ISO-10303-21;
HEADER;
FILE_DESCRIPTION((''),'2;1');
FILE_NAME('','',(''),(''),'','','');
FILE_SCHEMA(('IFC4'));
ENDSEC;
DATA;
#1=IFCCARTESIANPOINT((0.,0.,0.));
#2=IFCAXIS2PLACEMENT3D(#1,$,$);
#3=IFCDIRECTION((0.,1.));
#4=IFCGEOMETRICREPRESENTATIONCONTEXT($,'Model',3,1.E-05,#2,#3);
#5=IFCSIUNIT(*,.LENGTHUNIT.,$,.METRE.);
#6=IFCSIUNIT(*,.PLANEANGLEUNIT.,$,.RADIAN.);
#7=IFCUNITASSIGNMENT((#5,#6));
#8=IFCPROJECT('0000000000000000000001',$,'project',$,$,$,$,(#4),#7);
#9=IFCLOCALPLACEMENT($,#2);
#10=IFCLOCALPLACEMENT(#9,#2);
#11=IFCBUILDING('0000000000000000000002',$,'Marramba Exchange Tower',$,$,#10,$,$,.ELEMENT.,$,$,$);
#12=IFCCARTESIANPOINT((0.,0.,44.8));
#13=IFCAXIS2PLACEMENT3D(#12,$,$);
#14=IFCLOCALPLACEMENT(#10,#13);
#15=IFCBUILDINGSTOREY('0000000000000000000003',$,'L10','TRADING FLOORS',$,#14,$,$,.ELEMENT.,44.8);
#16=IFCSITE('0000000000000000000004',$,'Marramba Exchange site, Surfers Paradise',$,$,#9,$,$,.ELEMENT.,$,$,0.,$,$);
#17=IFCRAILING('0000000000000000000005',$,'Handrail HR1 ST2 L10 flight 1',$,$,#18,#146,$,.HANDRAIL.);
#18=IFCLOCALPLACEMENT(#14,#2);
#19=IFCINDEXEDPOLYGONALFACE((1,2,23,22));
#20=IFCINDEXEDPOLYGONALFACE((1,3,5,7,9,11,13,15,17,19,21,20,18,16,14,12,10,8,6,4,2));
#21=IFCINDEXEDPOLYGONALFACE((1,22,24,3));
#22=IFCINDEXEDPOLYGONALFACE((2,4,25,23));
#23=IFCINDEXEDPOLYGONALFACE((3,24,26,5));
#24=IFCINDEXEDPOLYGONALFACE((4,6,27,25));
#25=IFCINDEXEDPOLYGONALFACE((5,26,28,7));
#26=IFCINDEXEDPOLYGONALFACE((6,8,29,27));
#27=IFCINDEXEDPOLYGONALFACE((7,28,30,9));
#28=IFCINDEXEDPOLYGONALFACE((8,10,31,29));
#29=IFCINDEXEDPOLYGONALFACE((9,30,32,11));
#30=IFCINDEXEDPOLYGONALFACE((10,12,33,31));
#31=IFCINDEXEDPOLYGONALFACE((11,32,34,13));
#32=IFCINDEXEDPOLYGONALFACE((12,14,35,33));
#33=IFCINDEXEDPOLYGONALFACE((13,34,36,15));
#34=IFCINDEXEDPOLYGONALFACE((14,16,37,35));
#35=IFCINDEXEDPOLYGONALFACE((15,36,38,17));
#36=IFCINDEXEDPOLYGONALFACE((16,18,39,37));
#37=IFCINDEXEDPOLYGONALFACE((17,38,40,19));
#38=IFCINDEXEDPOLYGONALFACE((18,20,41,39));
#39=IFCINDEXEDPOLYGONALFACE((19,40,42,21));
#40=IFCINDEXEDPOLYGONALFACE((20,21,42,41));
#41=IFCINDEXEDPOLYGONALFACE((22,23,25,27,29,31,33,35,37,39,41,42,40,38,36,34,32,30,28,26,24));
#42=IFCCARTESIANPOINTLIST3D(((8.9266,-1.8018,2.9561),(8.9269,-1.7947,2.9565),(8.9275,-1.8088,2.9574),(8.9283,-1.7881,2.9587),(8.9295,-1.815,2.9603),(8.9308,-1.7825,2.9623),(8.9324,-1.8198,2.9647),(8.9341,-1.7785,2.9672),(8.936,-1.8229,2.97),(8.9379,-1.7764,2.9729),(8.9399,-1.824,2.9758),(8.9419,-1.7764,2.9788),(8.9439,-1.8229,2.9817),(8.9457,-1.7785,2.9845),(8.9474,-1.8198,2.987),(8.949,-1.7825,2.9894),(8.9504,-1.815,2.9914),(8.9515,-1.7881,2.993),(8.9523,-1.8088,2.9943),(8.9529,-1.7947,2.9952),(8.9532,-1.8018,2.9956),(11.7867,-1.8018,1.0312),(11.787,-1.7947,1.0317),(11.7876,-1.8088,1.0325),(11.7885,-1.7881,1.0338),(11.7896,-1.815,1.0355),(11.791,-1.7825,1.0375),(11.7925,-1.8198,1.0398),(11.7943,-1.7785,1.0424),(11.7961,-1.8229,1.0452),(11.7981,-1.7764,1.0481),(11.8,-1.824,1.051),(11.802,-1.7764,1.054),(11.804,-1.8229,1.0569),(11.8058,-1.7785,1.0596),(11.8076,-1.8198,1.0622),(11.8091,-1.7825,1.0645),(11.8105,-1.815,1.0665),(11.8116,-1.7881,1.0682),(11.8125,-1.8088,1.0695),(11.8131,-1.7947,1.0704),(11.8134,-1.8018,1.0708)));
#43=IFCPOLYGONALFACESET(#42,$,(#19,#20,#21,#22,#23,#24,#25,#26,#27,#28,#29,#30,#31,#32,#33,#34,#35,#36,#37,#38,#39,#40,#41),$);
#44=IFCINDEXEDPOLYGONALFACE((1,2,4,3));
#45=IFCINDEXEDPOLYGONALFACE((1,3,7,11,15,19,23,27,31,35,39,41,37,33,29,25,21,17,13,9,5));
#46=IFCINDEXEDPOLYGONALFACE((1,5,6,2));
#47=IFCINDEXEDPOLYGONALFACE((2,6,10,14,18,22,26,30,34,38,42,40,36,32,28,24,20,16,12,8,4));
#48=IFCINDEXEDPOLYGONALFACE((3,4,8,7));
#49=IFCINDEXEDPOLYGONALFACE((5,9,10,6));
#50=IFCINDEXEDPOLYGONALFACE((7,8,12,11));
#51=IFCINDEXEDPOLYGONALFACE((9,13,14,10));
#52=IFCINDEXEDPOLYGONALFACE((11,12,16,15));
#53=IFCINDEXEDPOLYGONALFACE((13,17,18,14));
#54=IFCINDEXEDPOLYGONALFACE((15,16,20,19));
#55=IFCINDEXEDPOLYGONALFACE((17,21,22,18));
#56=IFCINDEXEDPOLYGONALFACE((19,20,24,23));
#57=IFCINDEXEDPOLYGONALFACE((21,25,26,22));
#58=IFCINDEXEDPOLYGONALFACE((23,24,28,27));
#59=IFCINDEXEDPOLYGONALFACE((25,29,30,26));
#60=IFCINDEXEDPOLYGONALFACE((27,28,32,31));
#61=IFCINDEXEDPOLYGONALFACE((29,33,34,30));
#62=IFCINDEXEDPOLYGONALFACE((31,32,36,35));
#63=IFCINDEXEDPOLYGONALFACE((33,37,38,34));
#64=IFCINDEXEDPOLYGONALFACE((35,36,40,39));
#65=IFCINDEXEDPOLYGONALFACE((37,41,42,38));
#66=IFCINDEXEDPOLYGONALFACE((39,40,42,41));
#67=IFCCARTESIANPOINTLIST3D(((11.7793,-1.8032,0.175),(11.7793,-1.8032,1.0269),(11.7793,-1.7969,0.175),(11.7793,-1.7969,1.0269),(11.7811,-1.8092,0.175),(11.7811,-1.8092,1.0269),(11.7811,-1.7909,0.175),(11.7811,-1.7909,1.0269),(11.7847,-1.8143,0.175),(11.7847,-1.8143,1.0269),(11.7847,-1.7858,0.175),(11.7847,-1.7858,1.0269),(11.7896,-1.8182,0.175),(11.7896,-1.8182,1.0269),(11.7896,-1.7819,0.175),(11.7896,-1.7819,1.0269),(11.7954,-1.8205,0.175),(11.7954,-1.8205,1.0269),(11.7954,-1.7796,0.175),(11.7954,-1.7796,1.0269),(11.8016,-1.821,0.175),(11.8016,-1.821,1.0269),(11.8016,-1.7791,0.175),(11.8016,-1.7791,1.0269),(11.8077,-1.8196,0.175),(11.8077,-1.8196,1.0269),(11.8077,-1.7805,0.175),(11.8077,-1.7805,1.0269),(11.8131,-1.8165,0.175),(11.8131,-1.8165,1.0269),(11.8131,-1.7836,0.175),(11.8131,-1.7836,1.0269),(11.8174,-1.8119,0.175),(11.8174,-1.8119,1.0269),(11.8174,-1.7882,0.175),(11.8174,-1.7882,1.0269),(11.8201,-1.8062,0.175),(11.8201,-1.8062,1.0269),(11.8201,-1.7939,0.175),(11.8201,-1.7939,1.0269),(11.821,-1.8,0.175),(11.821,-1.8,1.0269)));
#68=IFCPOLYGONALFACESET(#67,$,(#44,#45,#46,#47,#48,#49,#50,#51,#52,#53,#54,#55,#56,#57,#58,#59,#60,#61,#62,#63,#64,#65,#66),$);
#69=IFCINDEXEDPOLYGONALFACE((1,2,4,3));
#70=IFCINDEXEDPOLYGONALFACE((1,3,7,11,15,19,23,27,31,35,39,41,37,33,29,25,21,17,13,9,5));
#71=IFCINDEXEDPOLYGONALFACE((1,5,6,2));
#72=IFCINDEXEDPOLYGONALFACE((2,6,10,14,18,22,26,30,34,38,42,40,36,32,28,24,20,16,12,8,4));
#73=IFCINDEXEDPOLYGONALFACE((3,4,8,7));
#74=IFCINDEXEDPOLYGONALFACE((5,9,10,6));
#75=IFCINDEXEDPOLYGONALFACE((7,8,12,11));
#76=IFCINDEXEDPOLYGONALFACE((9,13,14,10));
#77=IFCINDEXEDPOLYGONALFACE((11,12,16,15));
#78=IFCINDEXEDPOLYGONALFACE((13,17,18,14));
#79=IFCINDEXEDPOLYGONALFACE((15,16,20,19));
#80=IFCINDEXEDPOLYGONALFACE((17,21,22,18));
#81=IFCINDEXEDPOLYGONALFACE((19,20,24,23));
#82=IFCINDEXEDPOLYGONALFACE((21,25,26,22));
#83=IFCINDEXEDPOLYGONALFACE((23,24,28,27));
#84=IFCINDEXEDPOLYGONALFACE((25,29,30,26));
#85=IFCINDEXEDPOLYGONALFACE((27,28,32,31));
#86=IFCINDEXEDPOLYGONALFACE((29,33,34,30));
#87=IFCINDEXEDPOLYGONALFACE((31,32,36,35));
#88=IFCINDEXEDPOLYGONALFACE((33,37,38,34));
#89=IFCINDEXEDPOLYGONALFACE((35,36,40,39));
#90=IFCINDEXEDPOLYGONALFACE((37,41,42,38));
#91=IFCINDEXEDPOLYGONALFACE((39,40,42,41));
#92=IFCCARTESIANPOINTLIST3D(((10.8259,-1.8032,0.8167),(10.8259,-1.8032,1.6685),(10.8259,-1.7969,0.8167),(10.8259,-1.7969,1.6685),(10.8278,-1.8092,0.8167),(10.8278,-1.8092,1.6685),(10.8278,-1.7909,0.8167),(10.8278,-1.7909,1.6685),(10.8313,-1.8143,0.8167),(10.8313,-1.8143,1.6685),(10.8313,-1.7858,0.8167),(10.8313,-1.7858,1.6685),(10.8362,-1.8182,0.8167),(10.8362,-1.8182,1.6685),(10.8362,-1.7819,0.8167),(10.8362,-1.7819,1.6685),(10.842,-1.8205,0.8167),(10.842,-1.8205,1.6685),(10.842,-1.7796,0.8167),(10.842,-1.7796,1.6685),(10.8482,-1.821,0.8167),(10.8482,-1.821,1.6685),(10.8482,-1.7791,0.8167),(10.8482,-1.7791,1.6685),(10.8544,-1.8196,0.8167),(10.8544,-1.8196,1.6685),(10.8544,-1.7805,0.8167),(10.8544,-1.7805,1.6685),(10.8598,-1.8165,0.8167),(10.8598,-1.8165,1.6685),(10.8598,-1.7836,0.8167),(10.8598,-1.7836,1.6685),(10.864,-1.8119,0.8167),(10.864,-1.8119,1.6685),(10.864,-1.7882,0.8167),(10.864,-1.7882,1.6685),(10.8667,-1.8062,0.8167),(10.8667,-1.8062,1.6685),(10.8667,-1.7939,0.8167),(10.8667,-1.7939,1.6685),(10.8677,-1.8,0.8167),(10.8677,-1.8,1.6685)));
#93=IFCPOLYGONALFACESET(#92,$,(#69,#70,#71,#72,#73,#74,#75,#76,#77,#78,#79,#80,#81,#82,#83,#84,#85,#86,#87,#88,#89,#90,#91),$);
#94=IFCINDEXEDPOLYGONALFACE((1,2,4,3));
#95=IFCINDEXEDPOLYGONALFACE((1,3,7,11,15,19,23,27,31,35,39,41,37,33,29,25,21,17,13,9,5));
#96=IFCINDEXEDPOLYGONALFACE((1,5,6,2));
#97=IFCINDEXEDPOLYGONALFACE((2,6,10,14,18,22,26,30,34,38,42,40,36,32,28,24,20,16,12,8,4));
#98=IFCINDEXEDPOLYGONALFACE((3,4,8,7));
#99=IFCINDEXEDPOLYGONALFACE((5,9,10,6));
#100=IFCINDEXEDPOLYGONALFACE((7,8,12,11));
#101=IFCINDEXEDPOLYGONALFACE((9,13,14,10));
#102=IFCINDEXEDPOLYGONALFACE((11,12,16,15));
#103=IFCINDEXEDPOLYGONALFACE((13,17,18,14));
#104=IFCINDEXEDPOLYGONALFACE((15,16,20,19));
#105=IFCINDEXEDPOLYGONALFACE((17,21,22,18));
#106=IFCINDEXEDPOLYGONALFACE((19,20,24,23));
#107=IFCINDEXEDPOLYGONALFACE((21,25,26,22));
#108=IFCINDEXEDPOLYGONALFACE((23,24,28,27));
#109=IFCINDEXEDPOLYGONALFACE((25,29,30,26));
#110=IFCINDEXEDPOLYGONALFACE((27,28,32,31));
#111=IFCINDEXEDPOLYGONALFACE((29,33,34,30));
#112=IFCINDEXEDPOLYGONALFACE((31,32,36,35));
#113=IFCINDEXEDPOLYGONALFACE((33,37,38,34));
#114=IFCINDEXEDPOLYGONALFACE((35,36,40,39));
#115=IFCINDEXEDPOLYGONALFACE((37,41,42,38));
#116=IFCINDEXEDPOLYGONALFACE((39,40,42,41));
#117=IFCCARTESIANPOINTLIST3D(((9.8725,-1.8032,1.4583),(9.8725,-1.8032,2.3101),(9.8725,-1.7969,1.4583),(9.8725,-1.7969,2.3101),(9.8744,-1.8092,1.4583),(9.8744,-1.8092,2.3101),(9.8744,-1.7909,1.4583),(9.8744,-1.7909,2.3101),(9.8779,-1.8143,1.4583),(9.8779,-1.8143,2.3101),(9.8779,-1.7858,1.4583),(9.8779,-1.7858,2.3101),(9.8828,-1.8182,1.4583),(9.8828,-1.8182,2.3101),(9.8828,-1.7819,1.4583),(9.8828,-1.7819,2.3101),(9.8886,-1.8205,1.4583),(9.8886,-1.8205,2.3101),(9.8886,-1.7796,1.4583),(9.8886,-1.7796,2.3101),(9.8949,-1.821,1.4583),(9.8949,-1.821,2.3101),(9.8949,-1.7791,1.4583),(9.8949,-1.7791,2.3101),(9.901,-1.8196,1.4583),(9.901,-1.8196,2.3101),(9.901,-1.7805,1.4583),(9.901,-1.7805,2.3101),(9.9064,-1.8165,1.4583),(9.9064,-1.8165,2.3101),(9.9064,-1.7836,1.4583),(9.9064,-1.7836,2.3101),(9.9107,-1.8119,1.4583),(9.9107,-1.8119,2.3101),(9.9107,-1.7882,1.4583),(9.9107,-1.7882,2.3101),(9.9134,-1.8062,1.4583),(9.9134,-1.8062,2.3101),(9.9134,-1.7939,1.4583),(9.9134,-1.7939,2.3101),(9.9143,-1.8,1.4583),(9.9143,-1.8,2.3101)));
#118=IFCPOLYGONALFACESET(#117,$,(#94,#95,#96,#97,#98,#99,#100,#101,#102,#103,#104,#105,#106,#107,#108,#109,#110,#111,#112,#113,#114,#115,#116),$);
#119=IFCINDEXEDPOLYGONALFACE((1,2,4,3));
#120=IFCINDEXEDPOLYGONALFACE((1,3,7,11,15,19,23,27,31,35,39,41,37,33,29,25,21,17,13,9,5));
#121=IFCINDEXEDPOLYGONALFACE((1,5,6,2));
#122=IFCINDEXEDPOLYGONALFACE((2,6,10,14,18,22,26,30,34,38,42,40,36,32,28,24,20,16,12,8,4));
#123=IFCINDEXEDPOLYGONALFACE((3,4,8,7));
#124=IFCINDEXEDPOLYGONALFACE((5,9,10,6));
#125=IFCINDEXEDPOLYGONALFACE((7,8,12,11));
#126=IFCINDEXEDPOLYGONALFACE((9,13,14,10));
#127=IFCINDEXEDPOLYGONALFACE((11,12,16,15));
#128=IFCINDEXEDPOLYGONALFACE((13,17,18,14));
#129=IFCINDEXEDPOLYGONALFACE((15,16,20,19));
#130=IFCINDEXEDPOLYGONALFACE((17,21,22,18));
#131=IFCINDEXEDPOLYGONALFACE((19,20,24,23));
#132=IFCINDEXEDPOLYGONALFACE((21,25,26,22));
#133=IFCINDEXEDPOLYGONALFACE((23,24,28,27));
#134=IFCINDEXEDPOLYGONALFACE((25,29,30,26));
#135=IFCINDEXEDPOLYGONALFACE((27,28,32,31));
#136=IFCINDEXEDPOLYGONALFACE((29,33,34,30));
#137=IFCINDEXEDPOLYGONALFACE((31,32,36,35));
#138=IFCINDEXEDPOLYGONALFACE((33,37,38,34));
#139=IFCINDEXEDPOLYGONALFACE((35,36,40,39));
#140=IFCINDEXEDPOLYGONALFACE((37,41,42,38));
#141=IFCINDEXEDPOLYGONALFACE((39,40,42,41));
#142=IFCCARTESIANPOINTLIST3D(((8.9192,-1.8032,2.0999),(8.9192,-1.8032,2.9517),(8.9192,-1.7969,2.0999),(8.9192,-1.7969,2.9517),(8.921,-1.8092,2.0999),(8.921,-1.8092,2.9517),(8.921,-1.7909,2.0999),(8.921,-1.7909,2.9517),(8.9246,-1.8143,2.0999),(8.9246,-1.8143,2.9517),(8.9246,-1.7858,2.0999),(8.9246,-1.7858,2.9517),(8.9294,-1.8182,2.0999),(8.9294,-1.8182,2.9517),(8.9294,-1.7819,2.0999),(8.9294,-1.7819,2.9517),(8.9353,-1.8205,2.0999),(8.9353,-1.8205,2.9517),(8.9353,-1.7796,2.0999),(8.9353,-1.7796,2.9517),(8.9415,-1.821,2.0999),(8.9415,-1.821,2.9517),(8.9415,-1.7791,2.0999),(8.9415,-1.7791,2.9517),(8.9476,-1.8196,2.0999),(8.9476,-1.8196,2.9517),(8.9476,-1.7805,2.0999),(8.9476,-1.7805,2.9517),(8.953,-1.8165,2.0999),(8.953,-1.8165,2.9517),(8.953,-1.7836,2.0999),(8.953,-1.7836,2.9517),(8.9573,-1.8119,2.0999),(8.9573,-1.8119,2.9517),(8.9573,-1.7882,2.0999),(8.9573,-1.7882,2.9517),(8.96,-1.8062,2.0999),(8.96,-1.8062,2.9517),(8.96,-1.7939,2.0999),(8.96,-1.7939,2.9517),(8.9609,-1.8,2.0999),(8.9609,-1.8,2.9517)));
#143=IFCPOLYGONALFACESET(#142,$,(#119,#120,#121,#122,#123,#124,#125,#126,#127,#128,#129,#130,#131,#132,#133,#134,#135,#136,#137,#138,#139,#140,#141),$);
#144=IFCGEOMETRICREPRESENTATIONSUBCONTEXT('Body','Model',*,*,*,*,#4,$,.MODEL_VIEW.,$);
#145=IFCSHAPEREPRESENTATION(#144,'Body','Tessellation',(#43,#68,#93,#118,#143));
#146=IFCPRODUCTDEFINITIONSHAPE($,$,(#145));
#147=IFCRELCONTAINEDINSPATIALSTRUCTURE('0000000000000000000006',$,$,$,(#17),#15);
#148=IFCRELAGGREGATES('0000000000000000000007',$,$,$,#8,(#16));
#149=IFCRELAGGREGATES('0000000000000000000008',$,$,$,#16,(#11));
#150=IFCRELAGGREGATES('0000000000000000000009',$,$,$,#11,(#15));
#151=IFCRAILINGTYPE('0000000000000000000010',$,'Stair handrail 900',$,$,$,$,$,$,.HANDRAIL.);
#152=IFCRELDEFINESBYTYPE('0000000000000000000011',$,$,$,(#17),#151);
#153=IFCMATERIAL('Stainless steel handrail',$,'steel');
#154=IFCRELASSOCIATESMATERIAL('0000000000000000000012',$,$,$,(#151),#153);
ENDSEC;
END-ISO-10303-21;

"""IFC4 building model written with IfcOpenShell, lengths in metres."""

from ifc_helpers import new_model, si_unit, direction, frame, origin, origin_2d, place, context, subcontext, project, spatial, circle, extrude, material, type_object, element, save


model = new_model("IFC4")

# Units and contexts
model_context = context("Model", 3, precision=1e-05, world=origin(), true_north=direction((0.0, 1.0)))
body_context = subcontext(model_context, "Body", "Model", "MODEL_VIEW")
ifc_project = project(units=[si_unit("LENGTHUNIT", "METRE"), si_unit("PLANEANGLEUNIT", "RADIAN")], contexts=[model_context])

# Site, building, storey
site_placement = place(None, origin())
site = spatial("IfcSite", under=ifc_project, at=site_placement, Name="Marramba Exchange site, Surfers Paradise", CompositionType="ELEMENT", RefElevation=0.0)
building_placement = place(site_placement, origin())
building = spatial("IfcBuilding", under=site, at=building_placement, Name="Marramba Exchange Tower", CompositionType="ELEMENT")
storey_placement = place(building_placement, frame((0.0, 0.0, 44.8)))
storey = spatial("IfcBuildingStorey", under=building, at=storey_placement, Name="L10", Description="TRADING FLOORS", CompositionType="ELEMENT", Elevation=44.8)

# Railing
ifc_material_1 = material(Name="Stainless steel handrail", Category="steel")
railing_type = type_object("IfcRailingType", Name="Stair handrail 900", PredefinedType="HANDRAIL", material=ifc_material_1)
railing_placement = place(storey_placement, frame((11.8, -1.8, 0.175)))
element("IfcRailing", 1, at=railing_placement, inside=storey, type_object=railing_type, Name="Handrail HR1 ST2 L10 flight 1", PredefinedType="HANDRAIL", context=body_context, shape_type="SweptSolid", body=[
    extrude(circle(Radius=0.0239, at=origin_2d()), frame((0.0, 0.0, 0.876), z_axis=(-0.829624, 0.0, 0.558323), x_axis=(0.0, -1.0, 0.0)), (0.0, 0.0, 1.0), 3.4475),
    extrude(circle(Radius=0.021, at=origin_2d()), origin(), (0.0, 0.0, 1.0), 0.8518),
    extrude(circle(Radius=0.021, at=origin_2d()), frame((-0.9534, 0.0, 0.6416)), (0.0, 0.0, 1.0), 0.8518),
    extrude(circle(Radius=0.021, at=origin_2d()), frame((-1.9067, 0.0, 1.2832)), (0.0, 0.0, 1.0), 0.8518),
    extrude(circle(Radius=0.021, at=origin_2d()), frame((-2.8601, 0.0, 1.9248)), (0.0, 0.0, 1.0), 0.8518),
])

save(model, "model.ifc")
